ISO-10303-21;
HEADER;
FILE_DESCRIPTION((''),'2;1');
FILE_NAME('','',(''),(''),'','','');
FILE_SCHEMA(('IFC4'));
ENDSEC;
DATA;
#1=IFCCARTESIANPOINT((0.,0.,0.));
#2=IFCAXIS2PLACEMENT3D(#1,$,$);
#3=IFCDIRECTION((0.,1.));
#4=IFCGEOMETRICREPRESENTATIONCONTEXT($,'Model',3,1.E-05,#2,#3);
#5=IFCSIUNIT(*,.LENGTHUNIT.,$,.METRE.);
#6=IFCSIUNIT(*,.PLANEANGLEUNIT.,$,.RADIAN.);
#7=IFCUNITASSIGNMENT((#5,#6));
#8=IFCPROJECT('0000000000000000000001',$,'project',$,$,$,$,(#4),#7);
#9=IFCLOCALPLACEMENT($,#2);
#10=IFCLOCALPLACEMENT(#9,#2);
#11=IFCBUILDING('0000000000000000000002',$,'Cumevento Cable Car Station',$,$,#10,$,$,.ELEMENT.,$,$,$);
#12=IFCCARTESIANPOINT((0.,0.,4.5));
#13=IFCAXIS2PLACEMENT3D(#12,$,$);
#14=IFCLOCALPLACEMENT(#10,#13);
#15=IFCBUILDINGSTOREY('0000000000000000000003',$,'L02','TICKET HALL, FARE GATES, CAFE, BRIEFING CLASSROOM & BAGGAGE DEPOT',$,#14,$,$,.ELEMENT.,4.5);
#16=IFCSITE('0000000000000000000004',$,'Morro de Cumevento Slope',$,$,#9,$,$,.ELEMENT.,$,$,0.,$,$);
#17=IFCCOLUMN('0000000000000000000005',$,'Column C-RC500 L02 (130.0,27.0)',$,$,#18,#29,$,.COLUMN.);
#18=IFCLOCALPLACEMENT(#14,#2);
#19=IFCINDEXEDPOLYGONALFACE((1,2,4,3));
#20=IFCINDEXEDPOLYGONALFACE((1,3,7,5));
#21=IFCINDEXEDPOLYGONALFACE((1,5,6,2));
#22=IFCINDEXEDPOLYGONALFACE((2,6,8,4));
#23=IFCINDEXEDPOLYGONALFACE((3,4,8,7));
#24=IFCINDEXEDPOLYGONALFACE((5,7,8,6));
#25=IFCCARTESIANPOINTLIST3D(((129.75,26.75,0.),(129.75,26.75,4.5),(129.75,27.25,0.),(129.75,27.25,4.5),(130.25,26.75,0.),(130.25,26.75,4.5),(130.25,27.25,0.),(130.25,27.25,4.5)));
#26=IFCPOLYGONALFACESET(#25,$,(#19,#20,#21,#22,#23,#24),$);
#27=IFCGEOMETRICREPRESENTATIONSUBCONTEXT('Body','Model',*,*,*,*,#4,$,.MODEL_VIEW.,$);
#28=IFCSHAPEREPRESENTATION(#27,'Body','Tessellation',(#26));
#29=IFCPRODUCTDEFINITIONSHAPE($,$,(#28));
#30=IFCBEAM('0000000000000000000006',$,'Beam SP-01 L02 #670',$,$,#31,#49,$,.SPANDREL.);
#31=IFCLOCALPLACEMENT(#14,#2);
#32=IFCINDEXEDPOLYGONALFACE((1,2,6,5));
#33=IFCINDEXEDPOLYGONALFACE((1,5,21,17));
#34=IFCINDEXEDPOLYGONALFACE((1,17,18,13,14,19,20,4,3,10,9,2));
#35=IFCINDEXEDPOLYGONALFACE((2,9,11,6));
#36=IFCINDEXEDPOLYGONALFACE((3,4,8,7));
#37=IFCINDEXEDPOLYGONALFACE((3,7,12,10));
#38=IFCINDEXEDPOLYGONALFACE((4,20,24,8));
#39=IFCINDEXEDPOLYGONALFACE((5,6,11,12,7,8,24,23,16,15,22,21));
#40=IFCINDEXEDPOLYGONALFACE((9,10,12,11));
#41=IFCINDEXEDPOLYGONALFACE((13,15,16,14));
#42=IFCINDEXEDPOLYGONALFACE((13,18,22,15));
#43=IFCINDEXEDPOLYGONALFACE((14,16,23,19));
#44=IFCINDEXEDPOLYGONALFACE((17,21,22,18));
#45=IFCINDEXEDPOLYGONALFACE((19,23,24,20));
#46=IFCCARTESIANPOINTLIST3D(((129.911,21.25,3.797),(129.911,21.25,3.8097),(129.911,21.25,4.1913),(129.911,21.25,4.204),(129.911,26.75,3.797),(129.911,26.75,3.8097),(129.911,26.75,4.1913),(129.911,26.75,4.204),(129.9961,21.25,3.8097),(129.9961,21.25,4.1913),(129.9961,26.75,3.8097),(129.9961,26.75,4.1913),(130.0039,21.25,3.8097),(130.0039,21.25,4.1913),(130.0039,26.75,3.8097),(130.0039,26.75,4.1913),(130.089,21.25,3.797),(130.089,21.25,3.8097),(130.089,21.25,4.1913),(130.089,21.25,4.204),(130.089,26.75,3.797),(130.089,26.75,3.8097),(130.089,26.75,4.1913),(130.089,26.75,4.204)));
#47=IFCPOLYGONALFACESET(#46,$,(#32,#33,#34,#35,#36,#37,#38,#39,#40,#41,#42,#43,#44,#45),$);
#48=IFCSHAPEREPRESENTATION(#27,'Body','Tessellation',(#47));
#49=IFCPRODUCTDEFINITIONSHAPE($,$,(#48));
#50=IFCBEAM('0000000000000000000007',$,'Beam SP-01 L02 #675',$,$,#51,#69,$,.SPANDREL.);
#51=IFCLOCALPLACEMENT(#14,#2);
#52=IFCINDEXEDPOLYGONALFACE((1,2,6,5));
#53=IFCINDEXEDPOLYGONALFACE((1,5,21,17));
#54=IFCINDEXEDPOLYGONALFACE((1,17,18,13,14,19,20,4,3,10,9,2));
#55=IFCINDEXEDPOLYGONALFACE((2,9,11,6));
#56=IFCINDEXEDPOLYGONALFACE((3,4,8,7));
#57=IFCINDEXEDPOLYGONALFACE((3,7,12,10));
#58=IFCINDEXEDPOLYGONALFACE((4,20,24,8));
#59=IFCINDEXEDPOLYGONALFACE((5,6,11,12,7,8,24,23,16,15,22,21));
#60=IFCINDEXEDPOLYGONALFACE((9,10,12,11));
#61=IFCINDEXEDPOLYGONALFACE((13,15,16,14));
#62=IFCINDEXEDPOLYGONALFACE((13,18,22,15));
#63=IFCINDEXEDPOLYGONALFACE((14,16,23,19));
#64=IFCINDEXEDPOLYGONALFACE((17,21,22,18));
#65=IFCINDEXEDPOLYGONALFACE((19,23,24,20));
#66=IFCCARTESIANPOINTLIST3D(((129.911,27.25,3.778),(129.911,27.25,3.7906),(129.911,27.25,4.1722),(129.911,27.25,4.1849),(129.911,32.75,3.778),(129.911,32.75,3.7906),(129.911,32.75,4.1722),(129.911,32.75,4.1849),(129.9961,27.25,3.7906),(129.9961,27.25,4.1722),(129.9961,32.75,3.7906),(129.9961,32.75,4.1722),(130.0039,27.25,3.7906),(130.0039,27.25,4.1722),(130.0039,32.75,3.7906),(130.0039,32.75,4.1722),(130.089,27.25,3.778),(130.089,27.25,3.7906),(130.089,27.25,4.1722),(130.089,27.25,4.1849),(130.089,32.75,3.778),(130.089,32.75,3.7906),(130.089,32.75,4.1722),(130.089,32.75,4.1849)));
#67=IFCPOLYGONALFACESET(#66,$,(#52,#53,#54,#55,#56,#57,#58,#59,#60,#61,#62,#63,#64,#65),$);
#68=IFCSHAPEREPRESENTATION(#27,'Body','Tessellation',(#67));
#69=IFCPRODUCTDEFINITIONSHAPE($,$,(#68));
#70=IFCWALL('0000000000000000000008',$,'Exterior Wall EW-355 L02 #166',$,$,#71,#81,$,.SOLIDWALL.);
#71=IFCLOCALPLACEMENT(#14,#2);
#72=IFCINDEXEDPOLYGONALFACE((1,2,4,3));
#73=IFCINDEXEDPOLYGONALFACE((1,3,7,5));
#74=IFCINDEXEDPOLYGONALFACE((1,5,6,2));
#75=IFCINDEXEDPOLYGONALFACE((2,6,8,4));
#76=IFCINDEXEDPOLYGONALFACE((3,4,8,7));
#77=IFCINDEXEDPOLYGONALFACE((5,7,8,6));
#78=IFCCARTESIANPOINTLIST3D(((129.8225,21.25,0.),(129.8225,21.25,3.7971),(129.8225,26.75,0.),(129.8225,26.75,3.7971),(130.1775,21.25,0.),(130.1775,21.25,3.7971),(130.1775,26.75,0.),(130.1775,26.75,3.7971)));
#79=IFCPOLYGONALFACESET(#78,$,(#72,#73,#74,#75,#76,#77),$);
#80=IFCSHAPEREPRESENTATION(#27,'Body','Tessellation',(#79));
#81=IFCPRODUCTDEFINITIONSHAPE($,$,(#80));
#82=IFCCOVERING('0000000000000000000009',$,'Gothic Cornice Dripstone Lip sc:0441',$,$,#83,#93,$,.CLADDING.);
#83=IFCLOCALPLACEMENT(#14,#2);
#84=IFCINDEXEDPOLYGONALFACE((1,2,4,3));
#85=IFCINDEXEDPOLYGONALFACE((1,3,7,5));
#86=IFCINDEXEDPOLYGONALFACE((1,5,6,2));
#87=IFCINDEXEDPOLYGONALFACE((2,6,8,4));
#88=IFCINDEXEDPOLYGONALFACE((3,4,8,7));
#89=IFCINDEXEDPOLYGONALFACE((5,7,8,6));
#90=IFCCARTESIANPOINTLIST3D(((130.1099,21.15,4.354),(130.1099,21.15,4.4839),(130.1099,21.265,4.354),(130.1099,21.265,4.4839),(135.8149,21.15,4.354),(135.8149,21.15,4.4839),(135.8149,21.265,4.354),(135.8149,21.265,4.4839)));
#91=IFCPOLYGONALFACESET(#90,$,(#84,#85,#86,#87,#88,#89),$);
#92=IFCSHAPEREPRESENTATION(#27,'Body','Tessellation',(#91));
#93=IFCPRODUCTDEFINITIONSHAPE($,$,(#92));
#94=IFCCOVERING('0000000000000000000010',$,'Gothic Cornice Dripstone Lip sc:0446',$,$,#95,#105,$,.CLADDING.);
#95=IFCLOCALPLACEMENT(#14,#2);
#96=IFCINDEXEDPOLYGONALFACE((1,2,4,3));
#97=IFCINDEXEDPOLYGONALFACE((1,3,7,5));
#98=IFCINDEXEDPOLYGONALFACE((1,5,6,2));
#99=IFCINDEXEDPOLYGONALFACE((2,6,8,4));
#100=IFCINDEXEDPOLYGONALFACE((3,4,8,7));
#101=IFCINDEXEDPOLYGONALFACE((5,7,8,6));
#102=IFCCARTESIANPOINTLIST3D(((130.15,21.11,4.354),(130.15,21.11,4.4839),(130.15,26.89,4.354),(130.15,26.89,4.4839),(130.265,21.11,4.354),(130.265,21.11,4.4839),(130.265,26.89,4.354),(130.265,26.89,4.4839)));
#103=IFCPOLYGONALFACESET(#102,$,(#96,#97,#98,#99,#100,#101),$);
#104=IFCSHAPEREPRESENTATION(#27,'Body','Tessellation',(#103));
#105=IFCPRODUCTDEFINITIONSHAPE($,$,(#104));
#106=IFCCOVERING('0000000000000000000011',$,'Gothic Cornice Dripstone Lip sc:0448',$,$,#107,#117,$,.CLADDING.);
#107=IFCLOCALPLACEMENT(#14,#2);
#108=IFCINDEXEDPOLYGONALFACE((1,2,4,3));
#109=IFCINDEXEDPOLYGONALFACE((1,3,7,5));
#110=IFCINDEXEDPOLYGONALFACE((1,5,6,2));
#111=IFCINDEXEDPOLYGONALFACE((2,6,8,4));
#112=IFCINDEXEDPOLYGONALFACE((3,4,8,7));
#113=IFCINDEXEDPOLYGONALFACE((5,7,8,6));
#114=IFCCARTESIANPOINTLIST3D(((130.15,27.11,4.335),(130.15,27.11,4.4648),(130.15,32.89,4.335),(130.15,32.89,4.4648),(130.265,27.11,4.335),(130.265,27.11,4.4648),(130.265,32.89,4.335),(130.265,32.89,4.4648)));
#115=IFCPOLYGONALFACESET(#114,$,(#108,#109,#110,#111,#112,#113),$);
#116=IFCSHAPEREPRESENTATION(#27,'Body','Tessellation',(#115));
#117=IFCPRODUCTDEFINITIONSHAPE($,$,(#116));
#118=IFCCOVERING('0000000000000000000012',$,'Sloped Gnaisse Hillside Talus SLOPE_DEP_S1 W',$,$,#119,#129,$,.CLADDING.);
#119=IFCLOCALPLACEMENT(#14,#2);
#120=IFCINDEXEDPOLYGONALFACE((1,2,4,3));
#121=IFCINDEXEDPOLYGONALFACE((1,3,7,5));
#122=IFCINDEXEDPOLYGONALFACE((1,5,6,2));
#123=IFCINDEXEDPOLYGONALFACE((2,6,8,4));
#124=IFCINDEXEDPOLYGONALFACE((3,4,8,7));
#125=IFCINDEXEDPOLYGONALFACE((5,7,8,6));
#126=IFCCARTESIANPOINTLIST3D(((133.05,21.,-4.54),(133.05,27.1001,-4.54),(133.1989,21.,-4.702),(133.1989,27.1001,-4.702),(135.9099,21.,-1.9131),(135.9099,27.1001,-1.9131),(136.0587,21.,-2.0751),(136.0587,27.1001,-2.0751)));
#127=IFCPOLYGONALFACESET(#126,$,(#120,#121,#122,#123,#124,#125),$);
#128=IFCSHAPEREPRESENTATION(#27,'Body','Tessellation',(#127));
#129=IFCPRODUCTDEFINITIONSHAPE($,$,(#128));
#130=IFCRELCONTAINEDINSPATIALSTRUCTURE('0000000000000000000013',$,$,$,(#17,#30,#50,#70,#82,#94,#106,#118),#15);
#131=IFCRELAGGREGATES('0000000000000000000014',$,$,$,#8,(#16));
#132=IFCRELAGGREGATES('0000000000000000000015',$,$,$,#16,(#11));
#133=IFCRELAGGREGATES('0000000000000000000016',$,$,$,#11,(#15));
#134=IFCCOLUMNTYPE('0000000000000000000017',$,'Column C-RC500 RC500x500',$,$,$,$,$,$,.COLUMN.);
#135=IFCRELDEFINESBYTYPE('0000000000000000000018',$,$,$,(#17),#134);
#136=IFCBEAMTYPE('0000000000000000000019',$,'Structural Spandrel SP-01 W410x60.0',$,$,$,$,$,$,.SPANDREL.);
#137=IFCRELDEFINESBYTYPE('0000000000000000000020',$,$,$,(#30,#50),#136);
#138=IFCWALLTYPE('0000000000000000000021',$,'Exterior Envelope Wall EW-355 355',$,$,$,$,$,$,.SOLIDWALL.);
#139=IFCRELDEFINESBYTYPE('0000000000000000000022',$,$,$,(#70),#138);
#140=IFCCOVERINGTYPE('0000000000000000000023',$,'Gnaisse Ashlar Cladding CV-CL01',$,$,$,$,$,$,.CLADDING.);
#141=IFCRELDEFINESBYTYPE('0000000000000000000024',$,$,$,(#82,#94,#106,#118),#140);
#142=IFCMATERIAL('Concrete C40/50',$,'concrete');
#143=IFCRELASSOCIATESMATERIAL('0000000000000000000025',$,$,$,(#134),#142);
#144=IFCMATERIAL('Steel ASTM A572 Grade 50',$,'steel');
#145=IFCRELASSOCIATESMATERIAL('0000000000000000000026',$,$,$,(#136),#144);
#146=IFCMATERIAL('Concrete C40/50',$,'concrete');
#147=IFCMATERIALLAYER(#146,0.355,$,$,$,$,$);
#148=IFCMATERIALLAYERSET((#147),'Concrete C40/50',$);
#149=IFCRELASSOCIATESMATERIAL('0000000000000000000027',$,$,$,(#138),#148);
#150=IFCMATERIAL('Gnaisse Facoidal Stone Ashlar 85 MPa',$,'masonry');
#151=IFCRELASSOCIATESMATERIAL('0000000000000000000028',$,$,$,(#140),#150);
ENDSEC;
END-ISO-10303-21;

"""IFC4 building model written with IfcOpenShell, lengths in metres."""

from ifc_helpers import new_model, si_unit, direction, frame, frame_2d, origin, origin_2d, place, context, subcontext, project, spatial, polyline, rectangle, i_section, outline, extrude, material, layer, layer_set, material_profile, profile_set, type_object, element, save


model = new_model("IFC4")

# Units and contexts
model_context = context("Model", 3, precision=1e-05, world=origin(), true_north=direction((0.0, 1.0)))
body_context = subcontext(model_context, "Body", "Model", "MODEL_VIEW")
ifc_project = project(units=[si_unit("LENGTHUNIT", "METRE"), si_unit("PLANEANGLEUNIT", "RADIAN")], contexts=[model_context])

# Site, building, storey
site_placement = place(None, origin())
site = spatial("IfcSite", under=ifc_project, at=site_placement, Name="Morro de Cumevento Slope", CompositionType="ELEMENT", RefElevation=0.0)
building_placement = place(site_placement, origin())
building = spatial("IfcBuilding", under=site, at=building_placement, Name="Cumevento Cable Car Station", CompositionType="ELEMENT")
storey_placement = place(building_placement, frame((0.0, 0.0, 4.5)))
storey = spatial("IfcBuildingStorey", under=building, at=storey_placement, Name="L02", Description="TICKET HALL, FARE GATES, CAFE, BRIEFING CLASSROOM & BAGGAGE DEPOT", CompositionType="ELEMENT", Elevation=4.5)

# Column
ifc_material_1 = material(Name="Concrete C40/50", Category="concrete")
ifc_material_profile_1 = material_profile(ifc_material_1, rectangle(XDim=0.5, YDim=0.5, at=origin_2d()), Name="RC500x500")
ifc_profile_set_1 = profile_set([ifc_material_profile_1], Name="Concrete C40/50")
column_type = type_object("IfcColumnType", Name="Column C-RC500 RC500x500", PredefinedType="COLUMN", material=ifc_profile_set_1)
column_placement = place(storey_placement, frame((130.0, 27.0, 0.0), z_axis=(0.0, 0.0, 1.0), x_axis=(1.0, 0.0, 0.0)))
element("IfcColumn", 1, at=column_placement, inside=storey, type_object=column_type, Name="Column C-RC500 L02 (130.0,27.0)", PredefinedType="COLUMN", context=body_context, shape_type="SweptSolid", body=[
    extrude(rectangle(XDim=0.5, YDim=0.5, at=origin_2d()), origin(), (0.0, 0.0, 1.0), 4.5),
])

# Beams
ifc_material_2 = material(Name="Steel ASTM A572 Grade 50", Category="steel")
ifc_material_profile_2 = material_profile(ifc_material_2, i_section(OverallWidth=0.178, OverallDepth=0.407, WebThickness=0.0078, FlangeThickness=0.0127, at=origin_2d()), Name="W410x60.0")
ifc_profile_set_2 = profile_set([ifc_material_profile_2], Name="Steel ASTM A572 Grade 50")
beam_type = type_object("IfcBeamType", Name="Structural Spandrel SP-01 W410x60.0", PredefinedType="SPANDREL", material=ifc_profile_set_2)
for number, where, z_axis, x_axis, name in (
    (2, (130.0, 21.25, 4.0005), (0.0, 1.0, 0.0), (-1.0, 0.0, 0.0), "Beam SP-01 L02 #670"),
    (3, (130.0, 27.25, 3.9814), (0.0, 1.0, 0.0), (-1.0, 0.0, 0.0), "Beam SP-01 L02 #675"),
):
    element("IfcBeam", number, at=place(storey_placement, frame(where, z_axis=z_axis, x_axis=x_axis)), inside=storey, type_object=beam_type, Name=name, PredefinedType="SPANDREL", context=body_context, shape_type="SweptSolid", body=[
        extrude(i_section(OverallWidth=0.178, OverallDepth=0.407, WebThickness=0.0078, FlangeThickness=0.0127, at=origin_2d()), origin(), (0.0, 0.0, 1.0), 5.5),
    ])

# Wall
ifc_material_3 = material(Name="Concrete C40/50", Category="concrete")
ifc_layer = layer(ifc_material_3, 0.355)
ifc_layer_set = layer_set([ifc_layer], Name="Concrete C40/50")
wall_type = type_object("IfcWallType", Name="Exterior Envelope Wall EW-355 355", PredefinedType="SOLIDWALL", material=ifc_layer_set)
wall_placement = place(storey_placement, frame((130.0, 26.75, 0.0), z_axis=(0.0, 0.0, 1.0), x_axis=(0.0, -1.0, 0.0)))
element("IfcWall", 4, at=wall_placement, inside=storey, type_object=wall_type, Name="Exterior Wall EW-355 L02 #166", PredefinedType="SOLIDWALL", context=body_context, shape_type="SweptSolid", body=[
    extrude(rectangle(XDim=5.5, YDim=0.355, at=frame_2d((2.75, 0.0))), origin(), (0.0, 0.0, 1.0), 3.7971),
])

# Coverings
ifc_material_4 = material(Name="Gnaisse Facoidal Stone Ashlar 85 MPa", Category="masonry")
covering_type = type_object("IfcCoveringType", Name="Gnaisse Ashlar Cladding CV-CL01", PredefinedType="CLADDING", material=ifc_material_4)
covering_1_placement = place(storey_placement, frame((132.9624, 21.2075, 4.354), z_axis=(0.0, 0.0, 1.0), x_axis=(1.0, 0.0, 0.0)))
element("IfcCovering", 5, at=covering_1_placement, inside=storey, type_object=covering_type, Name="Gothic Cornice Dripstone Lip sc:0441", PredefinedType="CLADDING", context=body_context, shape_type="SweptSolid", body=[
    extrude(rectangle(XDim=5.7051, YDim=0.115, at=origin_2d()), origin(), (0.0, 0.0, 1.0), 0.1299),
])
for number, where, z_axis, x_axis, name in (
    (6, (130.2075, 24.0, 4.354), (0.0, 0.0, 1.0), (0.0, -1.0, 0.0), "Gothic Cornice Dripstone Lip sc:0446"),
    (7, (130.2075, 30.0, 4.335), (0.0, 0.0, 1.0), (0.0, -1.0, 0.0), "Gothic Cornice Dripstone Lip sc:0448"),
):
    element("IfcCovering", number, at=place(storey_placement, frame(where, z_axis=z_axis, x_axis=x_axis)), inside=storey, type_object=covering_type, Name=name, PredefinedType="CLADDING", context=body_context, shape_type="SweptSolid", body=[
        extrude(rectangle(XDim=5.78, YDim=0.115, at=origin_2d()), origin(), (0.0, 0.0, 1.0), 0.1299),
    ])
covering_2_placement = place(storey_placement, frame((133.05, 27.1001, -4.54), z_axis=(-0.676482, 0.0, 0.73646), x_axis=(0.0, -1.0, 0.0)))
element("IfcCovering", 8, at=covering_2_placement, inside=storey, type_object=covering_type, Name="Sloped Gnaisse Hillside Talus SLOPE_DEP_S1 W", PredefinedType="CLADDING", context=body_context, shape_type="SweptSolid", body=[
    extrude(outline(polyline([(0.0, 0.0), (6.1001, 0.0), (6.1001, 3.8833), (0.0, 3.8833), (0.0, 0.0)])), origin(), (0.0, 0.0, -1.0), 0.22),
])

save(model, "model.ifc")
